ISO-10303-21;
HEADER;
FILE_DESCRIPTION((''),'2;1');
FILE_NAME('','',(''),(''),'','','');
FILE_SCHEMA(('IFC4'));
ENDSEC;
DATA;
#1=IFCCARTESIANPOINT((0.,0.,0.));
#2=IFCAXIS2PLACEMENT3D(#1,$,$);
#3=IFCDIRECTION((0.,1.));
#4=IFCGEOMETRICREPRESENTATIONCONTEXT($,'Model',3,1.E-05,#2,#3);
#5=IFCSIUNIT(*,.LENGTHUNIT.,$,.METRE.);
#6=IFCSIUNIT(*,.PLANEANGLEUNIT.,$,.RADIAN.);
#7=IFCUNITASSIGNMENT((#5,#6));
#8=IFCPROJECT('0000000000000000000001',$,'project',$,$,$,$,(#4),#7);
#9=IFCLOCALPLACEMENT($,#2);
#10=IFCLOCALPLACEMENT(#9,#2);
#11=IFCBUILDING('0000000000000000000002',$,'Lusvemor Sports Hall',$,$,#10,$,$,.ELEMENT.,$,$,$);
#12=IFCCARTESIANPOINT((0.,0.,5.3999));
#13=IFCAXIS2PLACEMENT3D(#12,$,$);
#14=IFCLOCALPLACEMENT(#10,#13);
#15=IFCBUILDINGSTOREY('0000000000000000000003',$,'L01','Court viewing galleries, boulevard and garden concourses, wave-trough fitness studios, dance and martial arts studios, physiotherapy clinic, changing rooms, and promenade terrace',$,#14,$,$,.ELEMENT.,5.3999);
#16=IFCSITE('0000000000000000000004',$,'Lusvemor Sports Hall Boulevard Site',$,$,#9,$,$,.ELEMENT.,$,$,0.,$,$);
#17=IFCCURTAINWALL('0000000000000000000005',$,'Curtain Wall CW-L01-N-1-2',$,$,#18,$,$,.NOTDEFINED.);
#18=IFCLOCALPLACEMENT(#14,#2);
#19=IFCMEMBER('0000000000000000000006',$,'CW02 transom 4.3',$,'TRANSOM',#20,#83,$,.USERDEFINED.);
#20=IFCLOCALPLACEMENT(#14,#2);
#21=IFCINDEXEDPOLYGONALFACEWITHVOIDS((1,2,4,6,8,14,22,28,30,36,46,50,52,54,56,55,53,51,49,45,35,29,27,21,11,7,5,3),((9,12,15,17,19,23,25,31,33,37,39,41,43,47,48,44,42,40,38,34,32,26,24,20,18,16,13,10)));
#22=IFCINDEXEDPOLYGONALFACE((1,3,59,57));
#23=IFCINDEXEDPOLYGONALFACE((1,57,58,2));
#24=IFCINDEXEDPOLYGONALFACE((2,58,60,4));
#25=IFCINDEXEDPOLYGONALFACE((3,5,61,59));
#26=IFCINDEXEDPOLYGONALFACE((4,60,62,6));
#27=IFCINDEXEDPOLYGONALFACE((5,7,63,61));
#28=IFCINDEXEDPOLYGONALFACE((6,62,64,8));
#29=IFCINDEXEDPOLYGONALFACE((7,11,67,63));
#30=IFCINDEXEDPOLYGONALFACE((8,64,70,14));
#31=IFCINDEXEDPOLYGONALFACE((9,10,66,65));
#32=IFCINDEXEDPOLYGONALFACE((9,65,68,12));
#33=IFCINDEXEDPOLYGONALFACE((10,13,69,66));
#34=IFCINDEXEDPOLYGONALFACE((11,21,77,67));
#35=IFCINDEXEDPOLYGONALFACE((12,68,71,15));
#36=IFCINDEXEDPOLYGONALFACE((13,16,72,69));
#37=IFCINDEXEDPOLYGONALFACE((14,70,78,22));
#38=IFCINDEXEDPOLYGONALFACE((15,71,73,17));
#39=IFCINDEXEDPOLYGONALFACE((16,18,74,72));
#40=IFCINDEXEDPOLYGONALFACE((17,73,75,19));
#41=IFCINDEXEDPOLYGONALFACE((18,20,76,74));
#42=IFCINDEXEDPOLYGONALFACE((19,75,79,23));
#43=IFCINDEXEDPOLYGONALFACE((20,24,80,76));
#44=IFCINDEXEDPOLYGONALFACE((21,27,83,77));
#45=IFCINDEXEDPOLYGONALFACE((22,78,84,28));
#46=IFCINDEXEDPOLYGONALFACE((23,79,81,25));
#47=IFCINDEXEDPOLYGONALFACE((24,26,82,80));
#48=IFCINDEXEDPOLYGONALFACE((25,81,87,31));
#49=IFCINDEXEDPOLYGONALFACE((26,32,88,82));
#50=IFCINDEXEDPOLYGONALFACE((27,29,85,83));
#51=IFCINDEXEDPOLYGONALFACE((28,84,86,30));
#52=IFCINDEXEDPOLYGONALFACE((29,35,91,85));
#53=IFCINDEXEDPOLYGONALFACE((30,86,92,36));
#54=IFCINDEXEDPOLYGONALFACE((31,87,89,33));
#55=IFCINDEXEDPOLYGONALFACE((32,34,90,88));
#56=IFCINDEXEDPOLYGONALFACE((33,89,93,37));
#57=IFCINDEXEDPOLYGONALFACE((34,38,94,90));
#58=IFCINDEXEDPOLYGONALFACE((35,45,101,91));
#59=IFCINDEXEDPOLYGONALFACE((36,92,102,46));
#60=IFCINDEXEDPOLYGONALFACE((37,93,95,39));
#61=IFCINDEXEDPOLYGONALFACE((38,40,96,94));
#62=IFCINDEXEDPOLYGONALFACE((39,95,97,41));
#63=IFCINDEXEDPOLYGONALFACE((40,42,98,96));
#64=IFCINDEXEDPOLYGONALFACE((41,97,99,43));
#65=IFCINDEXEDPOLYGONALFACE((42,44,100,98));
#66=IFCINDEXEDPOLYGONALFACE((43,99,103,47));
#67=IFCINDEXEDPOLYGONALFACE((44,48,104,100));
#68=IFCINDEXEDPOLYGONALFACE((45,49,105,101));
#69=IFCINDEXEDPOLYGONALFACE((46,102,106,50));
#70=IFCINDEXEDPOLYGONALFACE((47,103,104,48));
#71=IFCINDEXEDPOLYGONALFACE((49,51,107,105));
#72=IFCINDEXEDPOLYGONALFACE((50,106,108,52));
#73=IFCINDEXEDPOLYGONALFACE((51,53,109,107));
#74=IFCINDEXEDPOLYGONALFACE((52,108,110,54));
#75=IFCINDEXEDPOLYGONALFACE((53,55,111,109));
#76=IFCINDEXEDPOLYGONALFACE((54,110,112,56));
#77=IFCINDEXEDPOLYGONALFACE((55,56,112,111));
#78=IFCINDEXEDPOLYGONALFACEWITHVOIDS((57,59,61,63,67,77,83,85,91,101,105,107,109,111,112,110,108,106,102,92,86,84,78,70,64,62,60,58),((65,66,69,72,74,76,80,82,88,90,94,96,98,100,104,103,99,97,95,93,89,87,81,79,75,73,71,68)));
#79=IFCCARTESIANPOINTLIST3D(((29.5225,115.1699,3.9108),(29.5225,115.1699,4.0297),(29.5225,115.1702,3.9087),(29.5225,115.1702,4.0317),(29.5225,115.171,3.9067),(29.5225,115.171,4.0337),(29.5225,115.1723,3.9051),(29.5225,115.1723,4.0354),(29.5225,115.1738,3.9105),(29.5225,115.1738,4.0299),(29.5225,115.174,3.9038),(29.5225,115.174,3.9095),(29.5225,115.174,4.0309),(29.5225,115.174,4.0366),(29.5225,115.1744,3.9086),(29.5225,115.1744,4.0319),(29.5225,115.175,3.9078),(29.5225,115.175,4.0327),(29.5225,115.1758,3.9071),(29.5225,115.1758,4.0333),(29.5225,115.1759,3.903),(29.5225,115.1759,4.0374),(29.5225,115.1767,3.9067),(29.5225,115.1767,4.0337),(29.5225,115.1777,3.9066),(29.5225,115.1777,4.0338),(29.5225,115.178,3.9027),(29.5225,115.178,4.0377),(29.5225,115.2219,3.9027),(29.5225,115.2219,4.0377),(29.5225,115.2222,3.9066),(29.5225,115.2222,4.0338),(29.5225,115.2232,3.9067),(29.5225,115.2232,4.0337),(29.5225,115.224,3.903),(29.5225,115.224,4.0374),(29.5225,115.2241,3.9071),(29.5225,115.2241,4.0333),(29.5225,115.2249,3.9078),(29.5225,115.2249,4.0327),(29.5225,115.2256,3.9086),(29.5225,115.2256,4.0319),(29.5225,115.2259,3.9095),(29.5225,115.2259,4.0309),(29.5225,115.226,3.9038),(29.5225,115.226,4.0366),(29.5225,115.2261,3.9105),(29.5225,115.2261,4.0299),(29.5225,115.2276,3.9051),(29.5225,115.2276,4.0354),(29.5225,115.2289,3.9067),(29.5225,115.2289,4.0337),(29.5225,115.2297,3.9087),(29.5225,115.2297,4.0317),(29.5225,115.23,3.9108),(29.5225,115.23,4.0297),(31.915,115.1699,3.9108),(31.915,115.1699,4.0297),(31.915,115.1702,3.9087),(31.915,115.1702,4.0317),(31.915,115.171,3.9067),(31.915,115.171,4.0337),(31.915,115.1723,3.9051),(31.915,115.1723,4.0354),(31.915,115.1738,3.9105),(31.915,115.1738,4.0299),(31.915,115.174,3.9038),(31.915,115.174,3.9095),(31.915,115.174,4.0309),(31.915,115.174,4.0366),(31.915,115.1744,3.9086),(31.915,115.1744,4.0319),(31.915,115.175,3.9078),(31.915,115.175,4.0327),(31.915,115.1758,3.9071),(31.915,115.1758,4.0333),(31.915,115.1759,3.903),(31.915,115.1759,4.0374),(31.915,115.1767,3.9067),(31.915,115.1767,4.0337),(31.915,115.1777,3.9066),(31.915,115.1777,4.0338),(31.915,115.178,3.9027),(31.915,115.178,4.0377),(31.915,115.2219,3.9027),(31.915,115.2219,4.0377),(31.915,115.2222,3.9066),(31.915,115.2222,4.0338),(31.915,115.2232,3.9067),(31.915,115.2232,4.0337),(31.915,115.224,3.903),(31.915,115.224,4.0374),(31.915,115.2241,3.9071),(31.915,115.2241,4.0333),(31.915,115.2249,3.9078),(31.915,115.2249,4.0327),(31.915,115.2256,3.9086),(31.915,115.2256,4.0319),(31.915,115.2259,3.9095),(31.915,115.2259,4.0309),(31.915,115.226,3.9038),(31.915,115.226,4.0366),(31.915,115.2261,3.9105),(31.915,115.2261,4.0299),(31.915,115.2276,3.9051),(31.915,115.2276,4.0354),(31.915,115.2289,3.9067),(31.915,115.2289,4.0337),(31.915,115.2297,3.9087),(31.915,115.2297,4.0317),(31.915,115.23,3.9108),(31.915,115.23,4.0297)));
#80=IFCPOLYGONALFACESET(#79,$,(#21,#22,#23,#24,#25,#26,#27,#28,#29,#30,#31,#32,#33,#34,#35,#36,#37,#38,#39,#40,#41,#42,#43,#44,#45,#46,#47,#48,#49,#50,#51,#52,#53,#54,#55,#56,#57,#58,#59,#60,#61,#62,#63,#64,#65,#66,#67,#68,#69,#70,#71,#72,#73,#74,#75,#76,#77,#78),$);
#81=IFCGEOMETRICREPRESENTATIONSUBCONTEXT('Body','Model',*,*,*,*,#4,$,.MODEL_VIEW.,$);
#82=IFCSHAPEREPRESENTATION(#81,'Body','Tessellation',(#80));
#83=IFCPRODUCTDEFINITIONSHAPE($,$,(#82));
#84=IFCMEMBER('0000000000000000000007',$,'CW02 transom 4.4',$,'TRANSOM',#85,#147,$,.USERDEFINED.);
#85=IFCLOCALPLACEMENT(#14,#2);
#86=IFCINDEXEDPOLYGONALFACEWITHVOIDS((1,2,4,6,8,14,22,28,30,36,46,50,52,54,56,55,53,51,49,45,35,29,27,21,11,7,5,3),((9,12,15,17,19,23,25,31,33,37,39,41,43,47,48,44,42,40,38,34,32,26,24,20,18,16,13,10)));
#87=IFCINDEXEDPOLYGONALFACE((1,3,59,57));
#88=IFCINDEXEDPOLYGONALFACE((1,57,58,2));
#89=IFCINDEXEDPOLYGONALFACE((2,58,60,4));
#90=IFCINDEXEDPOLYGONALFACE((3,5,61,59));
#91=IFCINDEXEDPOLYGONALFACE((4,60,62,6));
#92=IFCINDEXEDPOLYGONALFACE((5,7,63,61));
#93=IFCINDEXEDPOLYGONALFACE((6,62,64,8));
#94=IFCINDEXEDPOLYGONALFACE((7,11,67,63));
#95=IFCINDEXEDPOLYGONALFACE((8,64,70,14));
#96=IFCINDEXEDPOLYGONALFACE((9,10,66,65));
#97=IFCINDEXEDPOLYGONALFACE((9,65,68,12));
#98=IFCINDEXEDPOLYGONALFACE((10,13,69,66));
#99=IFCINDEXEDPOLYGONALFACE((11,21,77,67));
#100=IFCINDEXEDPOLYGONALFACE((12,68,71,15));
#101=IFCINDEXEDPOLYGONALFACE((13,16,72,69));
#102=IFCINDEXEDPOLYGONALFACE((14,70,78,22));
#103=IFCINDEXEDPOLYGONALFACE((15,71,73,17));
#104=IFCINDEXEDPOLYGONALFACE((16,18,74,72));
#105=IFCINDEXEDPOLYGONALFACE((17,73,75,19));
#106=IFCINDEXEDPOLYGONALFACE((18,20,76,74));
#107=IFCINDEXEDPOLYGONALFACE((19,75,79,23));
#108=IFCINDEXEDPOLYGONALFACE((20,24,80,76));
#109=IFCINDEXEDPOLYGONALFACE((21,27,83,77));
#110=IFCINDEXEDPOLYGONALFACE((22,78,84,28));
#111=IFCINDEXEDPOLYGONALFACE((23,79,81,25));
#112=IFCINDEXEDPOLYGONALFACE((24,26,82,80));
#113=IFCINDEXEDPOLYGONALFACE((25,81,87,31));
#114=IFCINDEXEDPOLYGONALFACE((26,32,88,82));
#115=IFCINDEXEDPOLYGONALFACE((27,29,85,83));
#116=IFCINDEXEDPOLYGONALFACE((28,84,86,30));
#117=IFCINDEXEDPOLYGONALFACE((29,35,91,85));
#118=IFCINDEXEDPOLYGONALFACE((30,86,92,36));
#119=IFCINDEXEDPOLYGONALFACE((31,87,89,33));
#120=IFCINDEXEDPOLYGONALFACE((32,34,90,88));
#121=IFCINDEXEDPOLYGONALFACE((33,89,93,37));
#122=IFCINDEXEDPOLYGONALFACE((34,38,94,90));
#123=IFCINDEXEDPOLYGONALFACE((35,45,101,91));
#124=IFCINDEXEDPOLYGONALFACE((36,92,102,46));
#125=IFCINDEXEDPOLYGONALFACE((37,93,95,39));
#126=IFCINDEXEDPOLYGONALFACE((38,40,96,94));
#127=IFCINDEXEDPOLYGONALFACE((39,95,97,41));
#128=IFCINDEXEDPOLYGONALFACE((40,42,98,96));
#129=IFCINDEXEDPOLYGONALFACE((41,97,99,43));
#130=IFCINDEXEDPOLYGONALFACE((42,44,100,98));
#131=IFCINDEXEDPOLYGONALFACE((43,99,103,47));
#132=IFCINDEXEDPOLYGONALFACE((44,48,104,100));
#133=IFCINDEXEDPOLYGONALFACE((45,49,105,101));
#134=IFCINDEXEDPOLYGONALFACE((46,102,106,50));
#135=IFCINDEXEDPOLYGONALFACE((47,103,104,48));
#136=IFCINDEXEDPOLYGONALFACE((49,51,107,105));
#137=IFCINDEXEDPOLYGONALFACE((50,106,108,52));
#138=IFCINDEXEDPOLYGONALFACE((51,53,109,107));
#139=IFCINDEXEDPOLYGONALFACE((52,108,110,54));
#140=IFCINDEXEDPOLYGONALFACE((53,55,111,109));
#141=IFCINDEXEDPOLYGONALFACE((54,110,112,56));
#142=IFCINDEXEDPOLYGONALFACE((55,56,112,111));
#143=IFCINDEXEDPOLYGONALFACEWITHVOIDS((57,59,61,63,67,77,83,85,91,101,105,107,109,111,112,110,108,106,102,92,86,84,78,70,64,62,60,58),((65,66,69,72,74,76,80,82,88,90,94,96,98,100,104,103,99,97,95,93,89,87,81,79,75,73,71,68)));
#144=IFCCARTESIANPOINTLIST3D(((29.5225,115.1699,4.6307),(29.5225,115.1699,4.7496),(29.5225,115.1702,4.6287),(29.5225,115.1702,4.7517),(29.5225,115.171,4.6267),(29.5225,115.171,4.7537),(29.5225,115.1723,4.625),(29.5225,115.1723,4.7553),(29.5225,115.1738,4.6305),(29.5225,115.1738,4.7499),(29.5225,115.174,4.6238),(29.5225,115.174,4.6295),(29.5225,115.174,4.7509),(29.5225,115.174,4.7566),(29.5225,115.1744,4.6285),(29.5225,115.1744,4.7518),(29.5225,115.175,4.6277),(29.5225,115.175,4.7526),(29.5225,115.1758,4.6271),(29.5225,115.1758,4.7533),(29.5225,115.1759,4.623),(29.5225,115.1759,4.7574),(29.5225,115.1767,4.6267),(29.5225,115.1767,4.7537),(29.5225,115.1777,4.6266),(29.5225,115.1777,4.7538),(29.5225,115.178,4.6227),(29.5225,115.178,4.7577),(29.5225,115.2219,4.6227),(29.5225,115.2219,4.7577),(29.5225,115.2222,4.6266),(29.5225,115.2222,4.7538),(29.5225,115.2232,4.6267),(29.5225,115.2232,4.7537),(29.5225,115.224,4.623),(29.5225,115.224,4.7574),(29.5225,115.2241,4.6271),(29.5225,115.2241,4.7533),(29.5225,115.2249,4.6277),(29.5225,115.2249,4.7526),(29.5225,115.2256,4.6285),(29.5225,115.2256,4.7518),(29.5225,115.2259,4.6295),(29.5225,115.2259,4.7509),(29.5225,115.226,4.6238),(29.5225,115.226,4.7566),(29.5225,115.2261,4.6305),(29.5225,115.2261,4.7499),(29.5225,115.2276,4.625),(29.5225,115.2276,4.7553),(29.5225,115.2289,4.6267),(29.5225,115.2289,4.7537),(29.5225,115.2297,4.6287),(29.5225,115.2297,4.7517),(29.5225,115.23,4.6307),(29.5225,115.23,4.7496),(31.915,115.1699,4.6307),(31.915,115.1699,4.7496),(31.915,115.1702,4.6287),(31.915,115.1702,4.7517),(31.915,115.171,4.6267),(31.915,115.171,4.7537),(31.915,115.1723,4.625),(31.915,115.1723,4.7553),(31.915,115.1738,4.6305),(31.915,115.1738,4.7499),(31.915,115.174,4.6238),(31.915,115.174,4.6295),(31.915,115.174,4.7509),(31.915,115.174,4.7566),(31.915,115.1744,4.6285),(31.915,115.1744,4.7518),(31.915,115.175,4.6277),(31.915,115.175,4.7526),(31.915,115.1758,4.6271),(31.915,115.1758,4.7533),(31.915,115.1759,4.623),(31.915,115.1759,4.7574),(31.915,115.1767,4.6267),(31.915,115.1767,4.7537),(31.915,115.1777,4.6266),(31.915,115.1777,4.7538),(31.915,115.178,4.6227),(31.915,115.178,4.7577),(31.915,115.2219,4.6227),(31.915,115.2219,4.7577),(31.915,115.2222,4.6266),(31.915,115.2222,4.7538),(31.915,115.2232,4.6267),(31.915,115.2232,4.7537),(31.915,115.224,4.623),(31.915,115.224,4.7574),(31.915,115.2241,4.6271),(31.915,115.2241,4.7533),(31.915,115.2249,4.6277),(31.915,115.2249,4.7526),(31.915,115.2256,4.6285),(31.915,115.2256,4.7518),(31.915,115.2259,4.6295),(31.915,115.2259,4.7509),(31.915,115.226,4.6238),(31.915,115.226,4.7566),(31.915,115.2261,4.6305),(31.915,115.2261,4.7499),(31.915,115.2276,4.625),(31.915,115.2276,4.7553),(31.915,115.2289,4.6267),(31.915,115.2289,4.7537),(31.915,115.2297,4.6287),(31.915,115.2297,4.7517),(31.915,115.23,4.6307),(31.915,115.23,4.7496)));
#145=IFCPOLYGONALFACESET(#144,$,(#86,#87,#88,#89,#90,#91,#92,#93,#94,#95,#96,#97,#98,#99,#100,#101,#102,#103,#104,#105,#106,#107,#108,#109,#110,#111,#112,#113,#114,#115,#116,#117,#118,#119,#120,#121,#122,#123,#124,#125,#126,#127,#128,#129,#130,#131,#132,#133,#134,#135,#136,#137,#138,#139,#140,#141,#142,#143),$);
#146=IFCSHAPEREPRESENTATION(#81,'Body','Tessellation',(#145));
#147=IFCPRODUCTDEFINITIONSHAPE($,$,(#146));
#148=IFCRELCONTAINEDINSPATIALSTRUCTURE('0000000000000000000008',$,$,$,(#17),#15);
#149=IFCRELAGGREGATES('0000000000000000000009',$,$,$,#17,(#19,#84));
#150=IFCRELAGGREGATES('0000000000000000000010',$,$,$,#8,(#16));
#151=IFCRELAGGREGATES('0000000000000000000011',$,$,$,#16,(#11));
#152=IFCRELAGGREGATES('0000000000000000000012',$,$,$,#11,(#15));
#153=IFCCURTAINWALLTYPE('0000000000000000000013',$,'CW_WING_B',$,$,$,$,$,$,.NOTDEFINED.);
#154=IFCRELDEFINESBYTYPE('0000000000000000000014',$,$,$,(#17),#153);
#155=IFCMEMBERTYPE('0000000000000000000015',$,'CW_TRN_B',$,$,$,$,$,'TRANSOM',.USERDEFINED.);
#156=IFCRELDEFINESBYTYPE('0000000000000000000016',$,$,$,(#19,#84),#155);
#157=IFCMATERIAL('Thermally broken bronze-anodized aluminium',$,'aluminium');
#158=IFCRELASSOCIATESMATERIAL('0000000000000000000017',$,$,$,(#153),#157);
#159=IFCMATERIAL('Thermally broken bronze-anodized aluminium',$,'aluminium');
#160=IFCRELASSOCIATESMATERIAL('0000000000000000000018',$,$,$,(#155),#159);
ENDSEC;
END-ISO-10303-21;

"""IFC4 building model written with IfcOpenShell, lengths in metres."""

from ifc_helpers import new_model, si_unit, direction, frame, origin, origin_2d, place, context, subcontext, project, spatial, hollow_rectangle, extrude, material, material_profile, profile_set, type_object, element, aggregate, save


model = new_model("IFC4")

# Units and contexts
model_context = context("Model", 3, precision=1e-05, world=origin(), true_north=direction((0.0, 1.0)))
body_context = subcontext(model_context, "Body", "Model", "MODEL_VIEW")
ifc_project = project(units=[si_unit("LENGTHUNIT", "METRE"), si_unit("PLANEANGLEUNIT", "RADIAN")], contexts=[model_context])

# Site, building, storey
site_placement = place(None, origin())
site = spatial("IfcSite", under=ifc_project, at=site_placement, Name="Lusvemor Sports Hall Boulevard Site", CompositionType="ELEMENT", RefElevation=0.0)
building_placement = place(site_placement, origin())
building = spatial("IfcBuilding", under=site, at=building_placement, Name="Lusvemor Sports Hall", CompositionType="ELEMENT")
storey_placement = place(building_placement, frame((0.0, 0.0, 5.3999)))
storey = spatial("IfcBuildingStorey", under=building, at=storey_placement, Name="L01", Description="Court viewing galleries, boulevard and garden concourses, wave-trough fitness studios, dance and martial arts studios, physiotherapy clinic, changing rooms, and promenade terrace", CompositionType="ELEMENT", Elevation=5.3999)

# Curtain wall
ifc_material_1 = material(Name="Thermally broken bronze-anodized aluminium", Category="aluminium")
curtain_wall_type = type_object("IfcCurtainWallType", Name="CW_WING_B", PredefinedType="NOTDEFINED", material=ifc_material_1)
curtain_wall_1_placement = place(storey_placement, origin())
curtain_wall_1 = element("IfcCurtainWall", 1, at=curtain_wall_1_placement, inside=storey, type_object=curtain_wall_type, Name="Curtain Wall CW-L01-N-1-2", PredefinedType="NOTDEFINED")

# Members
ifc_material_2 = material(Name="Thermally broken bronze-anodized aluminium", Category="aluminium")
ifc_material_profile_1 = material_profile(ifc_material_2, hollow_rectangle(XDim=0.0601, YDim=0.135, WallThickness=0.0039, InnerFilletRadius=0.0039, OuterFilletRadius=0.0081, at=origin_2d()), Name="CWTRN135x60x4")
ifc_profile_set_1 = profile_set([ifc_material_profile_1], Name="Thermally broken bronze-anodized aluminium")
member_type_1 = type_object("IfcMemberType", Name="CW_TRN_B", ElementType="TRANSOM", PredefinedType="USERDEFINED", material=ifc_profile_set_1)
member_1_placement = place(storey_placement, frame((29.5225, 115.2, 3.9702), z_axis=(1.0, 0.0, 0.0), x_axis=(0.0, 1.0, 0.0)))
member_1 = element("IfcMember", 2, at=member_1_placement, type_object=member_type_1, Name="CW02 transom 4.3", ObjectType="TRANSOM", PredefinedType="USERDEFINED", context=body_context, shape_type="SweptSolid", body=[
    extrude(hollow_rectangle(XDim=0.0601, YDim=0.135, WallThickness=0.0039, InnerFilletRadius=0.0039, OuterFilletRadius=0.0081, at=origin_2d()), origin(), (0.0, 0.0, 1.0), 2.3926),
])
member_2_placement = place(storey_placement, frame((29.5225, 115.2, 4.6902), z_axis=(1.0, 0.0, 0.0), x_axis=(0.0, 1.0, 0.0)))
member_2 = element("IfcMember", 3, at=member_2_placement, type_object=member_type_1, Name="CW02 transom 4.4", ObjectType="TRANSOM", PredefinedType="USERDEFINED", context=body_context, shape_type="SweptSolid", body=[
    extrude(hollow_rectangle(XDim=0.0601, YDim=0.135, WallThickness=0.0039, InnerFilletRadius=0.0039, OuterFilletRadius=0.0081, at=origin_2d()), origin(), (0.0, 0.0, 1.0), 2.3926),
])

aggregate(curtain_wall_1, [member_1, member_2])

save(model, "model.ifc")
